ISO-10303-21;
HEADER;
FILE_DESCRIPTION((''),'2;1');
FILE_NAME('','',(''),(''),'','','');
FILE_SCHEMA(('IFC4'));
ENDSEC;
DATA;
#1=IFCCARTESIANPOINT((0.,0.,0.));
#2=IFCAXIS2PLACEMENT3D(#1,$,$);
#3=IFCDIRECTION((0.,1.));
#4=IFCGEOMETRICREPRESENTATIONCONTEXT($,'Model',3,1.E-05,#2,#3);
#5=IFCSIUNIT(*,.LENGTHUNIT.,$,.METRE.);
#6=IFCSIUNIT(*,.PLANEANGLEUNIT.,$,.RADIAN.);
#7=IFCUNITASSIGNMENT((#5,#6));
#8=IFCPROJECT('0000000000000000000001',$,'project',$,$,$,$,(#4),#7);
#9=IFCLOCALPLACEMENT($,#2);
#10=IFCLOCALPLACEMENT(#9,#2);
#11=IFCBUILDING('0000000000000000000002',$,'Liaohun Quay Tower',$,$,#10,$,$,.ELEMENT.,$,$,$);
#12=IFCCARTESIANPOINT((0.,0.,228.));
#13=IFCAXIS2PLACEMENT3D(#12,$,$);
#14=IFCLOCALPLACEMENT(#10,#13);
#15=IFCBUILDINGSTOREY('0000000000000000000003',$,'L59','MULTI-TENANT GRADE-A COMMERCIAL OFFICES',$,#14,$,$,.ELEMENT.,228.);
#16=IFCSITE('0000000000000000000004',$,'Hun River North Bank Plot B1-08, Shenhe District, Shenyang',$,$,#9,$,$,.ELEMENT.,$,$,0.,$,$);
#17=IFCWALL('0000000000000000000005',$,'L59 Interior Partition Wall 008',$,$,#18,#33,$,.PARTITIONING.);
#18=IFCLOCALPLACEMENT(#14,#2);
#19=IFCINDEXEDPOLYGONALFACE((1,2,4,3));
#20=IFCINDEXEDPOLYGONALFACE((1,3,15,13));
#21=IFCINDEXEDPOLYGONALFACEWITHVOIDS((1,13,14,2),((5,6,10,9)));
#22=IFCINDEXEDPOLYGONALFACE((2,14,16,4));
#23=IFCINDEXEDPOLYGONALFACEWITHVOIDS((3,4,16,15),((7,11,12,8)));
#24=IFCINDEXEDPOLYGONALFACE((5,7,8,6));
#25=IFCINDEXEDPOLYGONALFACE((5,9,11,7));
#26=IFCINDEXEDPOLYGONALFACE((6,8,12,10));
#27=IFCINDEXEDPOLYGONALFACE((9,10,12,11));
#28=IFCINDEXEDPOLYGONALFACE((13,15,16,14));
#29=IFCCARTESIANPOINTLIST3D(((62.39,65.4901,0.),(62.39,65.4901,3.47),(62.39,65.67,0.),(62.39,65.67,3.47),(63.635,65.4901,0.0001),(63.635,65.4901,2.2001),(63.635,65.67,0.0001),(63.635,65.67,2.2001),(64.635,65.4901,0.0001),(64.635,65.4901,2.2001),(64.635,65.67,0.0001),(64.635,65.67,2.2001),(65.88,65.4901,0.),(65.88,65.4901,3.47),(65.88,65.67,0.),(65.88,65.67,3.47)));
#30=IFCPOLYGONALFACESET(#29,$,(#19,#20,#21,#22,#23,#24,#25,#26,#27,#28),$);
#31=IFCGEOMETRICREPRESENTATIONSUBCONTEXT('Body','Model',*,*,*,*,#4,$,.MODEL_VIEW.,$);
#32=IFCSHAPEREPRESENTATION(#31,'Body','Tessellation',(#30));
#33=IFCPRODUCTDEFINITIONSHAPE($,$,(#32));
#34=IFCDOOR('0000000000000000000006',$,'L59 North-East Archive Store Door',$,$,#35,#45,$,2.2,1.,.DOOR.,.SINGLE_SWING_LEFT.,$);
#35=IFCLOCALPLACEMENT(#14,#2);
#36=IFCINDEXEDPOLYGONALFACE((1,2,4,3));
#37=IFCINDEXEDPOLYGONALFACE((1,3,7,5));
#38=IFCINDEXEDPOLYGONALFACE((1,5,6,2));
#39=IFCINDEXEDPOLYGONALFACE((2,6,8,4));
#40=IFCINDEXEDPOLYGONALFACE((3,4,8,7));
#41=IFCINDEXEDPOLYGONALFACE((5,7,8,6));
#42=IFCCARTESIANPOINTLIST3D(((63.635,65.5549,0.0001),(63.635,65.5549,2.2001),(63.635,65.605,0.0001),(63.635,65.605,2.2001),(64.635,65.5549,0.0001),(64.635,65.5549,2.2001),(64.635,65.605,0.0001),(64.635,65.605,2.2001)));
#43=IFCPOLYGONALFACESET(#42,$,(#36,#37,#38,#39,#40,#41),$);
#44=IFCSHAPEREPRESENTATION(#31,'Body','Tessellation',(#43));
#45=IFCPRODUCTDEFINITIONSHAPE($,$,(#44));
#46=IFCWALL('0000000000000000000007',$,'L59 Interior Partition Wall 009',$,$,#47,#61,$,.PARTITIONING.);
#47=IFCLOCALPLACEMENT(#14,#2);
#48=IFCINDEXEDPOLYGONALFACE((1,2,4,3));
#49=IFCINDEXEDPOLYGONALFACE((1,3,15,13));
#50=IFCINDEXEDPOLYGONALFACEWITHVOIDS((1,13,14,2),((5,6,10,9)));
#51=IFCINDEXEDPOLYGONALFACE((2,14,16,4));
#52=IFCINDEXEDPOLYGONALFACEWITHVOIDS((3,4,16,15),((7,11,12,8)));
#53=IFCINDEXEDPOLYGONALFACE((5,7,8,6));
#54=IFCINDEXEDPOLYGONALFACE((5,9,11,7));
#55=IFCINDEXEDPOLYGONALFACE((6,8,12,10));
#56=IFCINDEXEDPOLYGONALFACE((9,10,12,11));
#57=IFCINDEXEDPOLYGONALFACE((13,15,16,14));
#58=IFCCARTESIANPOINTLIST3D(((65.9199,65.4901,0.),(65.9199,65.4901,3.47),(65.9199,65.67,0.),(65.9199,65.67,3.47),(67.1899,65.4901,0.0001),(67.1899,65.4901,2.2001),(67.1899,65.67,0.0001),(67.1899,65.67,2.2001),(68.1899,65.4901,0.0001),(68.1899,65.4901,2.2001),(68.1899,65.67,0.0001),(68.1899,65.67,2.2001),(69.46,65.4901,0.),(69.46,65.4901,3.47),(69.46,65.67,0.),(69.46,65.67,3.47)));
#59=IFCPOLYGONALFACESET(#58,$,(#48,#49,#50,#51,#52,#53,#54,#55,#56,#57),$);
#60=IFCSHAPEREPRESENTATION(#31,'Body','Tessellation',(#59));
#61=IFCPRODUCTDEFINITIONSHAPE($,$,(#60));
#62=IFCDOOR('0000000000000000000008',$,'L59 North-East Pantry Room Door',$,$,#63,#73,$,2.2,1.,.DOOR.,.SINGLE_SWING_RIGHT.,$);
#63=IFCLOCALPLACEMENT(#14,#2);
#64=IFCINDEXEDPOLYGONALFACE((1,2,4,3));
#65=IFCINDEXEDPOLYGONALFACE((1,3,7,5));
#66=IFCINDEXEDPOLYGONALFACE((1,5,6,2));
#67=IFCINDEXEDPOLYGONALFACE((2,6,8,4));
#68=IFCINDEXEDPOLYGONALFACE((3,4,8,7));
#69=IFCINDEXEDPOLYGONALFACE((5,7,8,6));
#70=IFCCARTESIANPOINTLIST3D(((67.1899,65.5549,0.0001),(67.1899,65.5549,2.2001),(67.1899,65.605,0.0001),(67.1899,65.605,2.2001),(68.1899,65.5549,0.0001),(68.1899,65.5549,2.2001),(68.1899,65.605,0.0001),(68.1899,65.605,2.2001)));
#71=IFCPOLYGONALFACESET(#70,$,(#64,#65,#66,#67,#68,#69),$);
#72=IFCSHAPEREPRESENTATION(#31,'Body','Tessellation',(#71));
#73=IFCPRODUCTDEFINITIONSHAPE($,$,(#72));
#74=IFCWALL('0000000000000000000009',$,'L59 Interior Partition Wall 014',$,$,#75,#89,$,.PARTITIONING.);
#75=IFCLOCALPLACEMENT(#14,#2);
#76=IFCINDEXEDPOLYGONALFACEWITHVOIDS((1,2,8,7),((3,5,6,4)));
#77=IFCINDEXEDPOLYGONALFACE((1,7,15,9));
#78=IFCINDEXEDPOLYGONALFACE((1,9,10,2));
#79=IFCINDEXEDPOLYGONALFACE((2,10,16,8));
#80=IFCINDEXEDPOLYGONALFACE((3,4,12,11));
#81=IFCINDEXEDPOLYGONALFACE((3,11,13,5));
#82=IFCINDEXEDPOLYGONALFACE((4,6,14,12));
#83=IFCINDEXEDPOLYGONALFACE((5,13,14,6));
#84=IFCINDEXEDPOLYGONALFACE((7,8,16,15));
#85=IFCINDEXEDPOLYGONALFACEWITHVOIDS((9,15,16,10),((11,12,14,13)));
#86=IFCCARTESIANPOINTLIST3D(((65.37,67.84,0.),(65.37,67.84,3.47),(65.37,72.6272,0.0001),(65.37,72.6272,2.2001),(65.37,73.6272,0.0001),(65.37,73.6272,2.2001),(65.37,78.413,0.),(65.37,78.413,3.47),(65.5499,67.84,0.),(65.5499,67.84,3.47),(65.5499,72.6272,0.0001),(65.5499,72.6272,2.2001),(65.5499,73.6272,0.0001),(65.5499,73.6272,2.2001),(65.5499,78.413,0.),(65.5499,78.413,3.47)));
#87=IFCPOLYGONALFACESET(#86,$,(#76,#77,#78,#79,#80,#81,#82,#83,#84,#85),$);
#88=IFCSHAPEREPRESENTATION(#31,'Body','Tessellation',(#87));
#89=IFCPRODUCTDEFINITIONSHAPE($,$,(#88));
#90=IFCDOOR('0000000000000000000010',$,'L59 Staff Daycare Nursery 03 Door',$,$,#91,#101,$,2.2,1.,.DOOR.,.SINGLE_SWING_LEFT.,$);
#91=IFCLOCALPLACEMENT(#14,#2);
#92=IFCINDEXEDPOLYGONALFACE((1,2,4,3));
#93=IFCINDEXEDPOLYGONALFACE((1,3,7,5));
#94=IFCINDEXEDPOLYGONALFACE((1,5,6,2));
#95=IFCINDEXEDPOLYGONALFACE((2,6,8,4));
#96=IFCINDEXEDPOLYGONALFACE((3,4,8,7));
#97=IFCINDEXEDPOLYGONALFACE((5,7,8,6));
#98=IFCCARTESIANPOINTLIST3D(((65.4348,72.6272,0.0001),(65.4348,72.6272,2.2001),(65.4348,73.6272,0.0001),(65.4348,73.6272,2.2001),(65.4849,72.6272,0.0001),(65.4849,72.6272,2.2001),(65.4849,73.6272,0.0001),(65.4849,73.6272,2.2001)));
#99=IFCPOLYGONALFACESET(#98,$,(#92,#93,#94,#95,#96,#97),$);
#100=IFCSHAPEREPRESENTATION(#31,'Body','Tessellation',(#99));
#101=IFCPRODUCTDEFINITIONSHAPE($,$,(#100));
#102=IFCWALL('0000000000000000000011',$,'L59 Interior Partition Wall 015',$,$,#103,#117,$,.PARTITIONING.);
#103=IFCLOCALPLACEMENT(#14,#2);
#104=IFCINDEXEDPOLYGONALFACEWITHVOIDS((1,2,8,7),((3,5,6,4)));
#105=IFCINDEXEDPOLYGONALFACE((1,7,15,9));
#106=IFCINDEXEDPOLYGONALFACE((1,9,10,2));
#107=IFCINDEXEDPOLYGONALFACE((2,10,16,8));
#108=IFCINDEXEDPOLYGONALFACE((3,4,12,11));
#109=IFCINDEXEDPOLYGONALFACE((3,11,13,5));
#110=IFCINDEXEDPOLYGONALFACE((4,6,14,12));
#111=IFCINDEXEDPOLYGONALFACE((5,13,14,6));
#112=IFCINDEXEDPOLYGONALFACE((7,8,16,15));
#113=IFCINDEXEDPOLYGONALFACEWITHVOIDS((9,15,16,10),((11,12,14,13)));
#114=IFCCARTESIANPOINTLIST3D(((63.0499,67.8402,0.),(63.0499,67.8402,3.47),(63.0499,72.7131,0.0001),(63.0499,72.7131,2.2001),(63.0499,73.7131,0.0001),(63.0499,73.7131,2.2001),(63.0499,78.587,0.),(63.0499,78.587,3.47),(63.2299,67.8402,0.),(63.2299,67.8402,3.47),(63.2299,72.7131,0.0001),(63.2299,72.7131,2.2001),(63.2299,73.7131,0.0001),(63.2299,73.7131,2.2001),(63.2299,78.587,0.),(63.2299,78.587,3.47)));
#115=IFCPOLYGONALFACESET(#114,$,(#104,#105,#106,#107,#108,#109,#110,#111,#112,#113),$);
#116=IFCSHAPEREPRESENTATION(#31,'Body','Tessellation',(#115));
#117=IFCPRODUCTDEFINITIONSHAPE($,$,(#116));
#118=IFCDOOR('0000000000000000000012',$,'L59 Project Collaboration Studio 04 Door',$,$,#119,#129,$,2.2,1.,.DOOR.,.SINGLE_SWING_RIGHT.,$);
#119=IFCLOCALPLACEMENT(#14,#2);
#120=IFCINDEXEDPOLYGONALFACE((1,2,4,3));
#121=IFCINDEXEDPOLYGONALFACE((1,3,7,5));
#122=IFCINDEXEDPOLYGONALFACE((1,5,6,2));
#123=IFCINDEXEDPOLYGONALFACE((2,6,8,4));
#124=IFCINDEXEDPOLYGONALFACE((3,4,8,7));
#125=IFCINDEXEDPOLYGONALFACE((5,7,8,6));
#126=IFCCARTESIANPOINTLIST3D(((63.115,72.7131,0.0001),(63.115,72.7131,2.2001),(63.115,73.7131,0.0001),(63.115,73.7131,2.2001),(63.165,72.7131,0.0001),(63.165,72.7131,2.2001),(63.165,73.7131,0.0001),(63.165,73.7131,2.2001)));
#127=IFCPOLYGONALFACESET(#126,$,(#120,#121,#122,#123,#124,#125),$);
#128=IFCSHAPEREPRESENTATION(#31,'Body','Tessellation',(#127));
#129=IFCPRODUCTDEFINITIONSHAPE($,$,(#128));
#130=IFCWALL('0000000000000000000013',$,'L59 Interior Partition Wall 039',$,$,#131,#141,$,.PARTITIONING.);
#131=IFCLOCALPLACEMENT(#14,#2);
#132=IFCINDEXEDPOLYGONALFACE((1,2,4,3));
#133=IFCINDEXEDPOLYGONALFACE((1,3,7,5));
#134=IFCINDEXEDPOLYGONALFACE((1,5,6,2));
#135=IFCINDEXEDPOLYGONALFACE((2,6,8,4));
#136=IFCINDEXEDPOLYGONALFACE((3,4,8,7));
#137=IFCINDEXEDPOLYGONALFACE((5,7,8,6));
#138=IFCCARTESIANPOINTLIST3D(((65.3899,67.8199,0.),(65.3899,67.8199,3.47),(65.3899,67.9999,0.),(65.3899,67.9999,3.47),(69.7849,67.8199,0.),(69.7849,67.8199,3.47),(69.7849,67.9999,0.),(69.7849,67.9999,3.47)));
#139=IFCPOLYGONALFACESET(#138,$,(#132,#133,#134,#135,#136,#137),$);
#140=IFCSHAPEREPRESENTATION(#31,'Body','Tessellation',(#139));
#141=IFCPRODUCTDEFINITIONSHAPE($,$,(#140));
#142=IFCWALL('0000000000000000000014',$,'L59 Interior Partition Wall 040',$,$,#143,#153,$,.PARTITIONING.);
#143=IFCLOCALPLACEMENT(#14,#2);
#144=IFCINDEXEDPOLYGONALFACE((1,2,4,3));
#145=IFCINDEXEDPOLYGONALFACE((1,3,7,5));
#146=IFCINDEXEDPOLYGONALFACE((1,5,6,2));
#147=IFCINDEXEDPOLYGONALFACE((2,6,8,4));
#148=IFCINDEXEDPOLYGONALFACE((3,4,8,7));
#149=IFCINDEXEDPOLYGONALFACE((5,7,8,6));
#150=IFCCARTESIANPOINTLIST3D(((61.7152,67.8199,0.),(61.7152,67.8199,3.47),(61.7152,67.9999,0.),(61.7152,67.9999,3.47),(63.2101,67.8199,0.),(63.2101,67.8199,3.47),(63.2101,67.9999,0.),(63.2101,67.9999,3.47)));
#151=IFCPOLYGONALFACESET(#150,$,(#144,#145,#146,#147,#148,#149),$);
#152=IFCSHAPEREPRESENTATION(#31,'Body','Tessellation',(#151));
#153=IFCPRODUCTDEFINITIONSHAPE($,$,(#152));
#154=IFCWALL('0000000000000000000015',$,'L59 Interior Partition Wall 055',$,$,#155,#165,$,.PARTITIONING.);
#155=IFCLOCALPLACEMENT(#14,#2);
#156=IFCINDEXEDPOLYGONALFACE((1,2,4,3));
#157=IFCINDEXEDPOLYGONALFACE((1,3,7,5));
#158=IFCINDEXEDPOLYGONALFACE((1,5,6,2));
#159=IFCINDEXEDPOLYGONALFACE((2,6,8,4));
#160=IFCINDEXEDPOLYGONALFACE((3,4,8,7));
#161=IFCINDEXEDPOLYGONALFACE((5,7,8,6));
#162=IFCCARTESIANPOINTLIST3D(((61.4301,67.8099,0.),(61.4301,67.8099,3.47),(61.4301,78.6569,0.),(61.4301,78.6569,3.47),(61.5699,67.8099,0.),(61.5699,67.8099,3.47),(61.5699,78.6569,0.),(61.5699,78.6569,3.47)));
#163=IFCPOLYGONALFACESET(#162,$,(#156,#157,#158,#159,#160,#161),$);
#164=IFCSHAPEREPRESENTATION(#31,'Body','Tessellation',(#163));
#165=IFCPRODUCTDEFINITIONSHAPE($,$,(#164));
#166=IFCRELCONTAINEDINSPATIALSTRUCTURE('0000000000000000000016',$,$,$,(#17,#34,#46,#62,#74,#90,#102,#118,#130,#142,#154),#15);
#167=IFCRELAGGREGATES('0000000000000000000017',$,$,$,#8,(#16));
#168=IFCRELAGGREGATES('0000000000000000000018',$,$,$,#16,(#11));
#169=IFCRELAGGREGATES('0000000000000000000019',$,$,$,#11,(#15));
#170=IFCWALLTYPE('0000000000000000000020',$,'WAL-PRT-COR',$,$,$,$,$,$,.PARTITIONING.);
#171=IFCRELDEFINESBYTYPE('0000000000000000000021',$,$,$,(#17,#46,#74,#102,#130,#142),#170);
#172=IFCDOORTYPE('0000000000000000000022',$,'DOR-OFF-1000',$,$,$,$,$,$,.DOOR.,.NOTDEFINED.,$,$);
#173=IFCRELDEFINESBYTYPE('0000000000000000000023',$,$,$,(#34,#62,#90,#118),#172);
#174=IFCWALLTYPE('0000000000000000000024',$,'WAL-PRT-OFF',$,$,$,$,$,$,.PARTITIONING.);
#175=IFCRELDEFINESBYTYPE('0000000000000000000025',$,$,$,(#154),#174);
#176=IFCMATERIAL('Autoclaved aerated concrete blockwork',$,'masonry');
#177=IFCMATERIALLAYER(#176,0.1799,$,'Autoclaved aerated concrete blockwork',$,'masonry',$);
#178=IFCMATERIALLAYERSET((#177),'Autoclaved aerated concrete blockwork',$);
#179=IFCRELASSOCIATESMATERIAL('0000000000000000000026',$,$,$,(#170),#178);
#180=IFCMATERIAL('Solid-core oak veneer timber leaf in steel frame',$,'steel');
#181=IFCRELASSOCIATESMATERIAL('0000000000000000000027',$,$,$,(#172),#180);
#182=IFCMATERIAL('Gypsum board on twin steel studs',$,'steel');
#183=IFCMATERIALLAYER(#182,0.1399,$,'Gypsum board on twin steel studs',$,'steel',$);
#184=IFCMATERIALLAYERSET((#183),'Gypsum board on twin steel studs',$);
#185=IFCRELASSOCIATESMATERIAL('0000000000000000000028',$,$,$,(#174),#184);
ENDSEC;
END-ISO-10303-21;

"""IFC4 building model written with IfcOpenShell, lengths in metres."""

from ifc_helpers import new_model, si_unit, direction, frame, frame_2d, origin, place, context, subcontext, project, spatial, rectangle, extrude, source, transform, mapped, material, layer, layer_set, type_object, element, fill, save


model = new_model("IFC4")

# Units and contexts
model_context = context("Model", 3, precision=1e-05, world=origin(), true_north=direction((0.0, 1.0)))
body_context = subcontext(model_context, "Body", "Model", "MODEL_VIEW")
ifc_project = project(units=[si_unit("LENGTHUNIT", "METRE"), si_unit("PLANEANGLEUNIT", "RADIAN")], contexts=[model_context])

# Site, building, storey
site_placement = place(None, origin())
site = spatial("IfcSite", under=ifc_project, at=site_placement, Name="Hun River North Bank Plot B1-08, Shenhe District, Shenyang", CompositionType="ELEMENT", RefElevation=0.0)
building_placement = place(site_placement, origin())
building = spatial("IfcBuilding", under=site, at=building_placement, Name="Liaohun Quay Tower", CompositionType="ELEMENT")
storey_placement = place(building_placement, frame((0.0, 0.0, 228.0)))
storey = spatial("IfcBuildingStorey", under=building, at=storey_placement, Name="L59", Description="MULTI-TENANT GRADE-A COMMERCIAL OFFICES", CompositionType="ELEMENT", Elevation=228.0)

# Walls, openings, doors
ifc_material_1 = material(Name="Autoclaved aerated concrete blockwork", Category="masonry")
ifc_layer_1 = layer(ifc_material_1, 0.1799, Name="Autoclaved aerated concrete blockwork", Category="masonry")
ifc_layer_set_1 = layer_set([ifc_layer_1], Name="Autoclaved aerated concrete blockwork")
wall_type_1 = type_object("IfcWallType", Name="WAL-PRT-COR", PredefinedType="PARTITIONING", material=ifc_layer_set_1)
wall_1_placement = place(storey_placement, frame((62.3899, 65.5801, 0.0), z_axis=(0.0, 0.0, 1.0), x_axis=(1.0, 0.0, 0.0)))
wall_1 = element("IfcWall", 1, at=wall_1_placement, inside=storey, type_object=wall_type_1, Name="L59 Interior Partition Wall 008", PredefinedType="PARTITIONING", context=body_context, shape_type="SweptSolid", body=[
    extrude(rectangle(XDim=3.49, YDim=0.1799, at=frame_2d((1.7451, 0.0))), origin(), (0.0, 0.0, 1.0), 3.47),
])
shared_shape_1 = source(origin(), body_context, "Body", "SweptSolid", [
    extrude(rectangle(XDim=1.0, YDim=2.2, at=frame_2d((0.5, 1.1001))), frame((0.0, 0.0999, 0.0), z_axis=(0.0, -1.0, 0.0), x_axis=(1.0, 0.0, 0.0)), (0.0, 0.0, 1.0), 0.2),
])
opening_1_placement = place(wall_1_placement, frame((1.2451, 0.0, 0.0)))
opening_1 = element("IfcOpeningElement", 2, at=opening_1_placement, cuts=wall_1, PredefinedType="OPENING", context=body_context, shape_type="MappedRepresentation", body=[
    mapped(shared_shape_1, transform((0.0, 0.0, 0.0), x_axis=(1.0, 0.0, 0.0), y_axis=(0.0, 1.0, 0.0), z_axis=(0.0, 0.0, 1.0), scale=1.0)),
])
ifc_material_2 = material(Name="Solid-core oak veneer timber leaf in steel frame", Category="steel")
door_type_1 = type_object("IfcDoorType", Name="DOR-OFF-1000", OperationType="NOTDEFINED", PredefinedType="DOOR", material=ifc_material_2)
shared_shape_2 = source(origin(), body_context, "Body", "SweptSolid", [
    extrude(rectangle(XDim=1.0, YDim=2.2, at=frame_2d((0.5, 1.1001))), frame((0.0, 0.0249, 0.0), z_axis=(0.0, -1.0, 0.0), x_axis=(1.0, 0.0, 0.0)), (0.0, 0.0, 1.0), 0.05),
])
door_1_placement = place(opening_1_placement, origin())
door_1 = element("IfcDoor", 3, at=door_1_placement, inside=storey, type_object=door_type_1, Name="L59 North-East Archive Store Door", OperationType="SINGLE_SWING_LEFT", OverallHeight=2.2, OverallWidth=1.0, PredefinedType="DOOR", context=body_context, shape_type="MappedRepresentation", body=[
    mapped(shared_shape_2, transform((0.0, 0.0, 0.0), x_axis=(1.0, 0.0, 0.0), y_axis=(0.0, 1.0, 0.0), z_axis=(0.0, 0.0, 1.0), scale=1.0)),
])
fill(opening_1, door_1)
wall_2_placement = place(storey_placement, frame((65.9199, 65.5801, 0.0), z_axis=(0.0, 0.0, 1.0), x_axis=(1.0, 0.0, 0.0)))
wall_2 = element("IfcWall", 4, at=wall_2_placement, inside=storey, type_object=wall_type_1, Name="L59 Interior Partition Wall 009", PredefinedType="PARTITIONING", context=body_context, shape_type="SweptSolid", body=[
    extrude(rectangle(XDim=3.54, YDim=0.1799, at=frame_2d((1.77, 0.0))), origin(), (0.0, 0.0, 1.0), 3.47),
])
opening_2_placement = place(wall_2_placement, frame((1.27, 0.0, 0.0)))
opening_2 = element("IfcOpeningElement", 5, at=opening_2_placement, cuts=wall_2, PredefinedType="OPENING", context=body_context, shape_type="MappedRepresentation", body=[
    mapped(shared_shape_1, transform((0.0, 0.0, 0.0), x_axis=(1.0, 0.0, 0.0), y_axis=(0.0, 1.0, 0.0), z_axis=(0.0, 0.0, 1.0), scale=1.0)),
])
door_2_placement = place(opening_2_placement, origin())
door_2 = element("IfcDoor", 6, at=door_2_placement, inside=storey, type_object=door_type_1, Name="L59 North-East Pantry Room Door", OperationType="SINGLE_SWING_RIGHT", OverallHeight=2.2, OverallWidth=1.0, PredefinedType="DOOR", context=body_context, shape_type="MappedRepresentation", body=[
    mapped(shared_shape_2, transform((0.0, 0.0, 0.0), x_axis=(1.0, 0.0, 0.0), y_axis=(0.0, 1.0, 0.0), z_axis=(0.0, 0.0, 1.0), scale=1.0)),
])
fill(opening_2, door_2)
wall_3_placement = place(storey_placement, frame((65.46, 78.4131, 0.0), z_axis=(0.0, 0.0, 1.0), x_axis=(0.0, -1.0, 0.0)))
wall_3 = element("IfcWall", 7, at=wall_3_placement, inside=storey, type_object=wall_type_1, Name="L59 Interior Partition Wall 014", PredefinedType="PARTITIONING", context=body_context, shape_type="SweptSolid", body=[
    extrude(rectangle(XDim=10.573, YDim=0.1799, at=frame_2d((5.2866, 0.0))), origin(), (0.0, 0.0, 1.0), 3.47),
])
opening_3_placement = place(wall_3_placement, frame((4.7859, 0.0, 0.0)))
opening_3 = element("IfcOpeningElement", 8, at=opening_3_placement, cuts=wall_3, PredefinedType="OPENING", context=body_context, shape_type="MappedRepresentation", body=[
    mapped(shared_shape_1, transform((0.0, 0.0, 0.0), x_axis=(1.0, 0.0, 0.0), y_axis=(0.0, 1.0, 0.0), z_axis=(0.0, 0.0, 1.0), scale=1.0)),
])
door_3_placement = place(opening_3_placement, origin())
door_3 = element("IfcDoor", 9, at=door_3_placement, inside=storey, type_object=door_type_1, Name="L59 Staff Daycare Nursery 03 Door", OperationType="SINGLE_SWING_LEFT", OverallHeight=2.2, OverallWidth=1.0, PredefinedType="DOOR", context=body_context, shape_type="MappedRepresentation", body=[
    mapped(shared_shape_2, transform((0.0, 0.0, 0.0), x_axis=(1.0, 0.0, 0.0), y_axis=(0.0, 1.0, 0.0), z_axis=(0.0, 0.0, 1.0), scale=1.0)),
])
fill(opening_3, door_3)
wall_4_placement = place(storey_placement, frame((63.1399, 67.8401, 0.0), z_axis=(0.0, 0.0, 1.0), x_axis=(0.0, 1.0, 0.0)))
wall_4 = element("IfcWall", 10, at=wall_4_placement, inside=storey, type_object=wall_type_1, Name="L59 Interior Partition Wall 015", PredefinedType="PARTITIONING", context=body_context, shape_type="SweptSolid", body=[
    extrude(rectangle(XDim=10.7468, YDim=0.1799, at=frame_2d((5.3735, 0.0))), origin(), (0.0, 0.0, 1.0), 3.47),
])
opening_4_placement = place(wall_4_placement, frame((4.873, 0.0, 0.0)))
opening_4 = element("IfcOpeningElement", 11, at=opening_4_placement, cuts=wall_4, PredefinedType="OPENING", context=body_context, shape_type="MappedRepresentation", body=[
    mapped(shared_shape_1, transform((0.0, 0.0, 0.0), x_axis=(1.0, 0.0, 0.0), y_axis=(0.0, 1.0, 0.0), z_axis=(0.0, 0.0, 1.0), scale=1.0)),
])
door_4_placement = place(opening_4_placement, origin())
door_4 = element("IfcDoor", 12, at=door_4_placement, inside=storey, type_object=door_type_1, Name="L59 Project Collaboration Studio 04 Door", OperationType="SINGLE_SWING_RIGHT", OverallHeight=2.2, OverallWidth=1.0, PredefinedType="DOOR", context=body_context, shape_type="MappedRepresentation", body=[
    mapped(shared_shape_2, transform((0.0, 0.0, 0.0), x_axis=(1.0, 0.0, 0.0), y_axis=(0.0, 1.0, 0.0), z_axis=(0.0, 0.0, 1.0), scale=1.0)),
])
fill(opening_4, door_4)

# Walls
wall_5_placement = place(storey_placement, frame((65.3899, 67.9099, 0.0), z_axis=(0.0, 0.0, 1.0), x_axis=(1.0, 0.0, 0.0)))
element("IfcWall", 13, at=wall_5_placement, inside=storey, type_object=wall_type_1, Name="L59 Interior Partition Wall 039", PredefinedType="PARTITIONING", context=body_context, shape_type="SweptSolid", body=[
    extrude(rectangle(XDim=4.395, YDim=0.1799, at=frame_2d((2.1975, 0.0))), origin(), (0.0, 0.0, 1.0), 3.47),
])
wall_6_placement = place(storey_placement, frame((61.7151, 67.9099, 0.0), z_axis=(0.0, 0.0, 1.0), x_axis=(1.0, 0.0, 0.0)))
element("IfcWall", 14, at=wall_6_placement, inside=storey, type_object=wall_type_1, Name="L59 Interior Partition Wall 040", PredefinedType="PARTITIONING", context=body_context, shape_type="SweptSolid", body=[
    extrude(rectangle(XDim=1.4949, YDim=0.1799, at=frame_2d((0.7476, 0.0))), origin(), (0.0, 0.0, 1.0), 3.47),
])
ifc_material_3 = material(Name="Gypsum board on twin steel studs", Category="steel")
ifc_layer_2 = layer(ifc_material_3, 0.1399, Name="Gypsum board on twin steel studs", Category="steel")
ifc_layer_set_2 = layer_set([ifc_layer_2], Name="Gypsum board on twin steel studs")
wall_type_2 = type_object("IfcWallType", Name="WAL-PRT-OFF", PredefinedType="PARTITIONING", material=ifc_layer_set_2)
wall_7_placement = place(storey_placement, frame((61.5, 67.8101, 0.0), z_axis=(0.0, 0.0, 1.0), x_axis=(0.0, 1.0, 0.0)))
element("IfcWall", 15, at=wall_7_placement, inside=storey, type_object=wall_type_2, Name="L59 Interior Partition Wall 055", PredefinedType="PARTITIONING", context=body_context, shape_type="SweptSolid", body=[
    extrude(rectangle(XDim=10.8469, YDim=0.1399, at=frame_2d((5.4233, 0.0))), origin(), (0.0, 0.0, 1.0), 3.47),
])

save(model, "model.ifc")
